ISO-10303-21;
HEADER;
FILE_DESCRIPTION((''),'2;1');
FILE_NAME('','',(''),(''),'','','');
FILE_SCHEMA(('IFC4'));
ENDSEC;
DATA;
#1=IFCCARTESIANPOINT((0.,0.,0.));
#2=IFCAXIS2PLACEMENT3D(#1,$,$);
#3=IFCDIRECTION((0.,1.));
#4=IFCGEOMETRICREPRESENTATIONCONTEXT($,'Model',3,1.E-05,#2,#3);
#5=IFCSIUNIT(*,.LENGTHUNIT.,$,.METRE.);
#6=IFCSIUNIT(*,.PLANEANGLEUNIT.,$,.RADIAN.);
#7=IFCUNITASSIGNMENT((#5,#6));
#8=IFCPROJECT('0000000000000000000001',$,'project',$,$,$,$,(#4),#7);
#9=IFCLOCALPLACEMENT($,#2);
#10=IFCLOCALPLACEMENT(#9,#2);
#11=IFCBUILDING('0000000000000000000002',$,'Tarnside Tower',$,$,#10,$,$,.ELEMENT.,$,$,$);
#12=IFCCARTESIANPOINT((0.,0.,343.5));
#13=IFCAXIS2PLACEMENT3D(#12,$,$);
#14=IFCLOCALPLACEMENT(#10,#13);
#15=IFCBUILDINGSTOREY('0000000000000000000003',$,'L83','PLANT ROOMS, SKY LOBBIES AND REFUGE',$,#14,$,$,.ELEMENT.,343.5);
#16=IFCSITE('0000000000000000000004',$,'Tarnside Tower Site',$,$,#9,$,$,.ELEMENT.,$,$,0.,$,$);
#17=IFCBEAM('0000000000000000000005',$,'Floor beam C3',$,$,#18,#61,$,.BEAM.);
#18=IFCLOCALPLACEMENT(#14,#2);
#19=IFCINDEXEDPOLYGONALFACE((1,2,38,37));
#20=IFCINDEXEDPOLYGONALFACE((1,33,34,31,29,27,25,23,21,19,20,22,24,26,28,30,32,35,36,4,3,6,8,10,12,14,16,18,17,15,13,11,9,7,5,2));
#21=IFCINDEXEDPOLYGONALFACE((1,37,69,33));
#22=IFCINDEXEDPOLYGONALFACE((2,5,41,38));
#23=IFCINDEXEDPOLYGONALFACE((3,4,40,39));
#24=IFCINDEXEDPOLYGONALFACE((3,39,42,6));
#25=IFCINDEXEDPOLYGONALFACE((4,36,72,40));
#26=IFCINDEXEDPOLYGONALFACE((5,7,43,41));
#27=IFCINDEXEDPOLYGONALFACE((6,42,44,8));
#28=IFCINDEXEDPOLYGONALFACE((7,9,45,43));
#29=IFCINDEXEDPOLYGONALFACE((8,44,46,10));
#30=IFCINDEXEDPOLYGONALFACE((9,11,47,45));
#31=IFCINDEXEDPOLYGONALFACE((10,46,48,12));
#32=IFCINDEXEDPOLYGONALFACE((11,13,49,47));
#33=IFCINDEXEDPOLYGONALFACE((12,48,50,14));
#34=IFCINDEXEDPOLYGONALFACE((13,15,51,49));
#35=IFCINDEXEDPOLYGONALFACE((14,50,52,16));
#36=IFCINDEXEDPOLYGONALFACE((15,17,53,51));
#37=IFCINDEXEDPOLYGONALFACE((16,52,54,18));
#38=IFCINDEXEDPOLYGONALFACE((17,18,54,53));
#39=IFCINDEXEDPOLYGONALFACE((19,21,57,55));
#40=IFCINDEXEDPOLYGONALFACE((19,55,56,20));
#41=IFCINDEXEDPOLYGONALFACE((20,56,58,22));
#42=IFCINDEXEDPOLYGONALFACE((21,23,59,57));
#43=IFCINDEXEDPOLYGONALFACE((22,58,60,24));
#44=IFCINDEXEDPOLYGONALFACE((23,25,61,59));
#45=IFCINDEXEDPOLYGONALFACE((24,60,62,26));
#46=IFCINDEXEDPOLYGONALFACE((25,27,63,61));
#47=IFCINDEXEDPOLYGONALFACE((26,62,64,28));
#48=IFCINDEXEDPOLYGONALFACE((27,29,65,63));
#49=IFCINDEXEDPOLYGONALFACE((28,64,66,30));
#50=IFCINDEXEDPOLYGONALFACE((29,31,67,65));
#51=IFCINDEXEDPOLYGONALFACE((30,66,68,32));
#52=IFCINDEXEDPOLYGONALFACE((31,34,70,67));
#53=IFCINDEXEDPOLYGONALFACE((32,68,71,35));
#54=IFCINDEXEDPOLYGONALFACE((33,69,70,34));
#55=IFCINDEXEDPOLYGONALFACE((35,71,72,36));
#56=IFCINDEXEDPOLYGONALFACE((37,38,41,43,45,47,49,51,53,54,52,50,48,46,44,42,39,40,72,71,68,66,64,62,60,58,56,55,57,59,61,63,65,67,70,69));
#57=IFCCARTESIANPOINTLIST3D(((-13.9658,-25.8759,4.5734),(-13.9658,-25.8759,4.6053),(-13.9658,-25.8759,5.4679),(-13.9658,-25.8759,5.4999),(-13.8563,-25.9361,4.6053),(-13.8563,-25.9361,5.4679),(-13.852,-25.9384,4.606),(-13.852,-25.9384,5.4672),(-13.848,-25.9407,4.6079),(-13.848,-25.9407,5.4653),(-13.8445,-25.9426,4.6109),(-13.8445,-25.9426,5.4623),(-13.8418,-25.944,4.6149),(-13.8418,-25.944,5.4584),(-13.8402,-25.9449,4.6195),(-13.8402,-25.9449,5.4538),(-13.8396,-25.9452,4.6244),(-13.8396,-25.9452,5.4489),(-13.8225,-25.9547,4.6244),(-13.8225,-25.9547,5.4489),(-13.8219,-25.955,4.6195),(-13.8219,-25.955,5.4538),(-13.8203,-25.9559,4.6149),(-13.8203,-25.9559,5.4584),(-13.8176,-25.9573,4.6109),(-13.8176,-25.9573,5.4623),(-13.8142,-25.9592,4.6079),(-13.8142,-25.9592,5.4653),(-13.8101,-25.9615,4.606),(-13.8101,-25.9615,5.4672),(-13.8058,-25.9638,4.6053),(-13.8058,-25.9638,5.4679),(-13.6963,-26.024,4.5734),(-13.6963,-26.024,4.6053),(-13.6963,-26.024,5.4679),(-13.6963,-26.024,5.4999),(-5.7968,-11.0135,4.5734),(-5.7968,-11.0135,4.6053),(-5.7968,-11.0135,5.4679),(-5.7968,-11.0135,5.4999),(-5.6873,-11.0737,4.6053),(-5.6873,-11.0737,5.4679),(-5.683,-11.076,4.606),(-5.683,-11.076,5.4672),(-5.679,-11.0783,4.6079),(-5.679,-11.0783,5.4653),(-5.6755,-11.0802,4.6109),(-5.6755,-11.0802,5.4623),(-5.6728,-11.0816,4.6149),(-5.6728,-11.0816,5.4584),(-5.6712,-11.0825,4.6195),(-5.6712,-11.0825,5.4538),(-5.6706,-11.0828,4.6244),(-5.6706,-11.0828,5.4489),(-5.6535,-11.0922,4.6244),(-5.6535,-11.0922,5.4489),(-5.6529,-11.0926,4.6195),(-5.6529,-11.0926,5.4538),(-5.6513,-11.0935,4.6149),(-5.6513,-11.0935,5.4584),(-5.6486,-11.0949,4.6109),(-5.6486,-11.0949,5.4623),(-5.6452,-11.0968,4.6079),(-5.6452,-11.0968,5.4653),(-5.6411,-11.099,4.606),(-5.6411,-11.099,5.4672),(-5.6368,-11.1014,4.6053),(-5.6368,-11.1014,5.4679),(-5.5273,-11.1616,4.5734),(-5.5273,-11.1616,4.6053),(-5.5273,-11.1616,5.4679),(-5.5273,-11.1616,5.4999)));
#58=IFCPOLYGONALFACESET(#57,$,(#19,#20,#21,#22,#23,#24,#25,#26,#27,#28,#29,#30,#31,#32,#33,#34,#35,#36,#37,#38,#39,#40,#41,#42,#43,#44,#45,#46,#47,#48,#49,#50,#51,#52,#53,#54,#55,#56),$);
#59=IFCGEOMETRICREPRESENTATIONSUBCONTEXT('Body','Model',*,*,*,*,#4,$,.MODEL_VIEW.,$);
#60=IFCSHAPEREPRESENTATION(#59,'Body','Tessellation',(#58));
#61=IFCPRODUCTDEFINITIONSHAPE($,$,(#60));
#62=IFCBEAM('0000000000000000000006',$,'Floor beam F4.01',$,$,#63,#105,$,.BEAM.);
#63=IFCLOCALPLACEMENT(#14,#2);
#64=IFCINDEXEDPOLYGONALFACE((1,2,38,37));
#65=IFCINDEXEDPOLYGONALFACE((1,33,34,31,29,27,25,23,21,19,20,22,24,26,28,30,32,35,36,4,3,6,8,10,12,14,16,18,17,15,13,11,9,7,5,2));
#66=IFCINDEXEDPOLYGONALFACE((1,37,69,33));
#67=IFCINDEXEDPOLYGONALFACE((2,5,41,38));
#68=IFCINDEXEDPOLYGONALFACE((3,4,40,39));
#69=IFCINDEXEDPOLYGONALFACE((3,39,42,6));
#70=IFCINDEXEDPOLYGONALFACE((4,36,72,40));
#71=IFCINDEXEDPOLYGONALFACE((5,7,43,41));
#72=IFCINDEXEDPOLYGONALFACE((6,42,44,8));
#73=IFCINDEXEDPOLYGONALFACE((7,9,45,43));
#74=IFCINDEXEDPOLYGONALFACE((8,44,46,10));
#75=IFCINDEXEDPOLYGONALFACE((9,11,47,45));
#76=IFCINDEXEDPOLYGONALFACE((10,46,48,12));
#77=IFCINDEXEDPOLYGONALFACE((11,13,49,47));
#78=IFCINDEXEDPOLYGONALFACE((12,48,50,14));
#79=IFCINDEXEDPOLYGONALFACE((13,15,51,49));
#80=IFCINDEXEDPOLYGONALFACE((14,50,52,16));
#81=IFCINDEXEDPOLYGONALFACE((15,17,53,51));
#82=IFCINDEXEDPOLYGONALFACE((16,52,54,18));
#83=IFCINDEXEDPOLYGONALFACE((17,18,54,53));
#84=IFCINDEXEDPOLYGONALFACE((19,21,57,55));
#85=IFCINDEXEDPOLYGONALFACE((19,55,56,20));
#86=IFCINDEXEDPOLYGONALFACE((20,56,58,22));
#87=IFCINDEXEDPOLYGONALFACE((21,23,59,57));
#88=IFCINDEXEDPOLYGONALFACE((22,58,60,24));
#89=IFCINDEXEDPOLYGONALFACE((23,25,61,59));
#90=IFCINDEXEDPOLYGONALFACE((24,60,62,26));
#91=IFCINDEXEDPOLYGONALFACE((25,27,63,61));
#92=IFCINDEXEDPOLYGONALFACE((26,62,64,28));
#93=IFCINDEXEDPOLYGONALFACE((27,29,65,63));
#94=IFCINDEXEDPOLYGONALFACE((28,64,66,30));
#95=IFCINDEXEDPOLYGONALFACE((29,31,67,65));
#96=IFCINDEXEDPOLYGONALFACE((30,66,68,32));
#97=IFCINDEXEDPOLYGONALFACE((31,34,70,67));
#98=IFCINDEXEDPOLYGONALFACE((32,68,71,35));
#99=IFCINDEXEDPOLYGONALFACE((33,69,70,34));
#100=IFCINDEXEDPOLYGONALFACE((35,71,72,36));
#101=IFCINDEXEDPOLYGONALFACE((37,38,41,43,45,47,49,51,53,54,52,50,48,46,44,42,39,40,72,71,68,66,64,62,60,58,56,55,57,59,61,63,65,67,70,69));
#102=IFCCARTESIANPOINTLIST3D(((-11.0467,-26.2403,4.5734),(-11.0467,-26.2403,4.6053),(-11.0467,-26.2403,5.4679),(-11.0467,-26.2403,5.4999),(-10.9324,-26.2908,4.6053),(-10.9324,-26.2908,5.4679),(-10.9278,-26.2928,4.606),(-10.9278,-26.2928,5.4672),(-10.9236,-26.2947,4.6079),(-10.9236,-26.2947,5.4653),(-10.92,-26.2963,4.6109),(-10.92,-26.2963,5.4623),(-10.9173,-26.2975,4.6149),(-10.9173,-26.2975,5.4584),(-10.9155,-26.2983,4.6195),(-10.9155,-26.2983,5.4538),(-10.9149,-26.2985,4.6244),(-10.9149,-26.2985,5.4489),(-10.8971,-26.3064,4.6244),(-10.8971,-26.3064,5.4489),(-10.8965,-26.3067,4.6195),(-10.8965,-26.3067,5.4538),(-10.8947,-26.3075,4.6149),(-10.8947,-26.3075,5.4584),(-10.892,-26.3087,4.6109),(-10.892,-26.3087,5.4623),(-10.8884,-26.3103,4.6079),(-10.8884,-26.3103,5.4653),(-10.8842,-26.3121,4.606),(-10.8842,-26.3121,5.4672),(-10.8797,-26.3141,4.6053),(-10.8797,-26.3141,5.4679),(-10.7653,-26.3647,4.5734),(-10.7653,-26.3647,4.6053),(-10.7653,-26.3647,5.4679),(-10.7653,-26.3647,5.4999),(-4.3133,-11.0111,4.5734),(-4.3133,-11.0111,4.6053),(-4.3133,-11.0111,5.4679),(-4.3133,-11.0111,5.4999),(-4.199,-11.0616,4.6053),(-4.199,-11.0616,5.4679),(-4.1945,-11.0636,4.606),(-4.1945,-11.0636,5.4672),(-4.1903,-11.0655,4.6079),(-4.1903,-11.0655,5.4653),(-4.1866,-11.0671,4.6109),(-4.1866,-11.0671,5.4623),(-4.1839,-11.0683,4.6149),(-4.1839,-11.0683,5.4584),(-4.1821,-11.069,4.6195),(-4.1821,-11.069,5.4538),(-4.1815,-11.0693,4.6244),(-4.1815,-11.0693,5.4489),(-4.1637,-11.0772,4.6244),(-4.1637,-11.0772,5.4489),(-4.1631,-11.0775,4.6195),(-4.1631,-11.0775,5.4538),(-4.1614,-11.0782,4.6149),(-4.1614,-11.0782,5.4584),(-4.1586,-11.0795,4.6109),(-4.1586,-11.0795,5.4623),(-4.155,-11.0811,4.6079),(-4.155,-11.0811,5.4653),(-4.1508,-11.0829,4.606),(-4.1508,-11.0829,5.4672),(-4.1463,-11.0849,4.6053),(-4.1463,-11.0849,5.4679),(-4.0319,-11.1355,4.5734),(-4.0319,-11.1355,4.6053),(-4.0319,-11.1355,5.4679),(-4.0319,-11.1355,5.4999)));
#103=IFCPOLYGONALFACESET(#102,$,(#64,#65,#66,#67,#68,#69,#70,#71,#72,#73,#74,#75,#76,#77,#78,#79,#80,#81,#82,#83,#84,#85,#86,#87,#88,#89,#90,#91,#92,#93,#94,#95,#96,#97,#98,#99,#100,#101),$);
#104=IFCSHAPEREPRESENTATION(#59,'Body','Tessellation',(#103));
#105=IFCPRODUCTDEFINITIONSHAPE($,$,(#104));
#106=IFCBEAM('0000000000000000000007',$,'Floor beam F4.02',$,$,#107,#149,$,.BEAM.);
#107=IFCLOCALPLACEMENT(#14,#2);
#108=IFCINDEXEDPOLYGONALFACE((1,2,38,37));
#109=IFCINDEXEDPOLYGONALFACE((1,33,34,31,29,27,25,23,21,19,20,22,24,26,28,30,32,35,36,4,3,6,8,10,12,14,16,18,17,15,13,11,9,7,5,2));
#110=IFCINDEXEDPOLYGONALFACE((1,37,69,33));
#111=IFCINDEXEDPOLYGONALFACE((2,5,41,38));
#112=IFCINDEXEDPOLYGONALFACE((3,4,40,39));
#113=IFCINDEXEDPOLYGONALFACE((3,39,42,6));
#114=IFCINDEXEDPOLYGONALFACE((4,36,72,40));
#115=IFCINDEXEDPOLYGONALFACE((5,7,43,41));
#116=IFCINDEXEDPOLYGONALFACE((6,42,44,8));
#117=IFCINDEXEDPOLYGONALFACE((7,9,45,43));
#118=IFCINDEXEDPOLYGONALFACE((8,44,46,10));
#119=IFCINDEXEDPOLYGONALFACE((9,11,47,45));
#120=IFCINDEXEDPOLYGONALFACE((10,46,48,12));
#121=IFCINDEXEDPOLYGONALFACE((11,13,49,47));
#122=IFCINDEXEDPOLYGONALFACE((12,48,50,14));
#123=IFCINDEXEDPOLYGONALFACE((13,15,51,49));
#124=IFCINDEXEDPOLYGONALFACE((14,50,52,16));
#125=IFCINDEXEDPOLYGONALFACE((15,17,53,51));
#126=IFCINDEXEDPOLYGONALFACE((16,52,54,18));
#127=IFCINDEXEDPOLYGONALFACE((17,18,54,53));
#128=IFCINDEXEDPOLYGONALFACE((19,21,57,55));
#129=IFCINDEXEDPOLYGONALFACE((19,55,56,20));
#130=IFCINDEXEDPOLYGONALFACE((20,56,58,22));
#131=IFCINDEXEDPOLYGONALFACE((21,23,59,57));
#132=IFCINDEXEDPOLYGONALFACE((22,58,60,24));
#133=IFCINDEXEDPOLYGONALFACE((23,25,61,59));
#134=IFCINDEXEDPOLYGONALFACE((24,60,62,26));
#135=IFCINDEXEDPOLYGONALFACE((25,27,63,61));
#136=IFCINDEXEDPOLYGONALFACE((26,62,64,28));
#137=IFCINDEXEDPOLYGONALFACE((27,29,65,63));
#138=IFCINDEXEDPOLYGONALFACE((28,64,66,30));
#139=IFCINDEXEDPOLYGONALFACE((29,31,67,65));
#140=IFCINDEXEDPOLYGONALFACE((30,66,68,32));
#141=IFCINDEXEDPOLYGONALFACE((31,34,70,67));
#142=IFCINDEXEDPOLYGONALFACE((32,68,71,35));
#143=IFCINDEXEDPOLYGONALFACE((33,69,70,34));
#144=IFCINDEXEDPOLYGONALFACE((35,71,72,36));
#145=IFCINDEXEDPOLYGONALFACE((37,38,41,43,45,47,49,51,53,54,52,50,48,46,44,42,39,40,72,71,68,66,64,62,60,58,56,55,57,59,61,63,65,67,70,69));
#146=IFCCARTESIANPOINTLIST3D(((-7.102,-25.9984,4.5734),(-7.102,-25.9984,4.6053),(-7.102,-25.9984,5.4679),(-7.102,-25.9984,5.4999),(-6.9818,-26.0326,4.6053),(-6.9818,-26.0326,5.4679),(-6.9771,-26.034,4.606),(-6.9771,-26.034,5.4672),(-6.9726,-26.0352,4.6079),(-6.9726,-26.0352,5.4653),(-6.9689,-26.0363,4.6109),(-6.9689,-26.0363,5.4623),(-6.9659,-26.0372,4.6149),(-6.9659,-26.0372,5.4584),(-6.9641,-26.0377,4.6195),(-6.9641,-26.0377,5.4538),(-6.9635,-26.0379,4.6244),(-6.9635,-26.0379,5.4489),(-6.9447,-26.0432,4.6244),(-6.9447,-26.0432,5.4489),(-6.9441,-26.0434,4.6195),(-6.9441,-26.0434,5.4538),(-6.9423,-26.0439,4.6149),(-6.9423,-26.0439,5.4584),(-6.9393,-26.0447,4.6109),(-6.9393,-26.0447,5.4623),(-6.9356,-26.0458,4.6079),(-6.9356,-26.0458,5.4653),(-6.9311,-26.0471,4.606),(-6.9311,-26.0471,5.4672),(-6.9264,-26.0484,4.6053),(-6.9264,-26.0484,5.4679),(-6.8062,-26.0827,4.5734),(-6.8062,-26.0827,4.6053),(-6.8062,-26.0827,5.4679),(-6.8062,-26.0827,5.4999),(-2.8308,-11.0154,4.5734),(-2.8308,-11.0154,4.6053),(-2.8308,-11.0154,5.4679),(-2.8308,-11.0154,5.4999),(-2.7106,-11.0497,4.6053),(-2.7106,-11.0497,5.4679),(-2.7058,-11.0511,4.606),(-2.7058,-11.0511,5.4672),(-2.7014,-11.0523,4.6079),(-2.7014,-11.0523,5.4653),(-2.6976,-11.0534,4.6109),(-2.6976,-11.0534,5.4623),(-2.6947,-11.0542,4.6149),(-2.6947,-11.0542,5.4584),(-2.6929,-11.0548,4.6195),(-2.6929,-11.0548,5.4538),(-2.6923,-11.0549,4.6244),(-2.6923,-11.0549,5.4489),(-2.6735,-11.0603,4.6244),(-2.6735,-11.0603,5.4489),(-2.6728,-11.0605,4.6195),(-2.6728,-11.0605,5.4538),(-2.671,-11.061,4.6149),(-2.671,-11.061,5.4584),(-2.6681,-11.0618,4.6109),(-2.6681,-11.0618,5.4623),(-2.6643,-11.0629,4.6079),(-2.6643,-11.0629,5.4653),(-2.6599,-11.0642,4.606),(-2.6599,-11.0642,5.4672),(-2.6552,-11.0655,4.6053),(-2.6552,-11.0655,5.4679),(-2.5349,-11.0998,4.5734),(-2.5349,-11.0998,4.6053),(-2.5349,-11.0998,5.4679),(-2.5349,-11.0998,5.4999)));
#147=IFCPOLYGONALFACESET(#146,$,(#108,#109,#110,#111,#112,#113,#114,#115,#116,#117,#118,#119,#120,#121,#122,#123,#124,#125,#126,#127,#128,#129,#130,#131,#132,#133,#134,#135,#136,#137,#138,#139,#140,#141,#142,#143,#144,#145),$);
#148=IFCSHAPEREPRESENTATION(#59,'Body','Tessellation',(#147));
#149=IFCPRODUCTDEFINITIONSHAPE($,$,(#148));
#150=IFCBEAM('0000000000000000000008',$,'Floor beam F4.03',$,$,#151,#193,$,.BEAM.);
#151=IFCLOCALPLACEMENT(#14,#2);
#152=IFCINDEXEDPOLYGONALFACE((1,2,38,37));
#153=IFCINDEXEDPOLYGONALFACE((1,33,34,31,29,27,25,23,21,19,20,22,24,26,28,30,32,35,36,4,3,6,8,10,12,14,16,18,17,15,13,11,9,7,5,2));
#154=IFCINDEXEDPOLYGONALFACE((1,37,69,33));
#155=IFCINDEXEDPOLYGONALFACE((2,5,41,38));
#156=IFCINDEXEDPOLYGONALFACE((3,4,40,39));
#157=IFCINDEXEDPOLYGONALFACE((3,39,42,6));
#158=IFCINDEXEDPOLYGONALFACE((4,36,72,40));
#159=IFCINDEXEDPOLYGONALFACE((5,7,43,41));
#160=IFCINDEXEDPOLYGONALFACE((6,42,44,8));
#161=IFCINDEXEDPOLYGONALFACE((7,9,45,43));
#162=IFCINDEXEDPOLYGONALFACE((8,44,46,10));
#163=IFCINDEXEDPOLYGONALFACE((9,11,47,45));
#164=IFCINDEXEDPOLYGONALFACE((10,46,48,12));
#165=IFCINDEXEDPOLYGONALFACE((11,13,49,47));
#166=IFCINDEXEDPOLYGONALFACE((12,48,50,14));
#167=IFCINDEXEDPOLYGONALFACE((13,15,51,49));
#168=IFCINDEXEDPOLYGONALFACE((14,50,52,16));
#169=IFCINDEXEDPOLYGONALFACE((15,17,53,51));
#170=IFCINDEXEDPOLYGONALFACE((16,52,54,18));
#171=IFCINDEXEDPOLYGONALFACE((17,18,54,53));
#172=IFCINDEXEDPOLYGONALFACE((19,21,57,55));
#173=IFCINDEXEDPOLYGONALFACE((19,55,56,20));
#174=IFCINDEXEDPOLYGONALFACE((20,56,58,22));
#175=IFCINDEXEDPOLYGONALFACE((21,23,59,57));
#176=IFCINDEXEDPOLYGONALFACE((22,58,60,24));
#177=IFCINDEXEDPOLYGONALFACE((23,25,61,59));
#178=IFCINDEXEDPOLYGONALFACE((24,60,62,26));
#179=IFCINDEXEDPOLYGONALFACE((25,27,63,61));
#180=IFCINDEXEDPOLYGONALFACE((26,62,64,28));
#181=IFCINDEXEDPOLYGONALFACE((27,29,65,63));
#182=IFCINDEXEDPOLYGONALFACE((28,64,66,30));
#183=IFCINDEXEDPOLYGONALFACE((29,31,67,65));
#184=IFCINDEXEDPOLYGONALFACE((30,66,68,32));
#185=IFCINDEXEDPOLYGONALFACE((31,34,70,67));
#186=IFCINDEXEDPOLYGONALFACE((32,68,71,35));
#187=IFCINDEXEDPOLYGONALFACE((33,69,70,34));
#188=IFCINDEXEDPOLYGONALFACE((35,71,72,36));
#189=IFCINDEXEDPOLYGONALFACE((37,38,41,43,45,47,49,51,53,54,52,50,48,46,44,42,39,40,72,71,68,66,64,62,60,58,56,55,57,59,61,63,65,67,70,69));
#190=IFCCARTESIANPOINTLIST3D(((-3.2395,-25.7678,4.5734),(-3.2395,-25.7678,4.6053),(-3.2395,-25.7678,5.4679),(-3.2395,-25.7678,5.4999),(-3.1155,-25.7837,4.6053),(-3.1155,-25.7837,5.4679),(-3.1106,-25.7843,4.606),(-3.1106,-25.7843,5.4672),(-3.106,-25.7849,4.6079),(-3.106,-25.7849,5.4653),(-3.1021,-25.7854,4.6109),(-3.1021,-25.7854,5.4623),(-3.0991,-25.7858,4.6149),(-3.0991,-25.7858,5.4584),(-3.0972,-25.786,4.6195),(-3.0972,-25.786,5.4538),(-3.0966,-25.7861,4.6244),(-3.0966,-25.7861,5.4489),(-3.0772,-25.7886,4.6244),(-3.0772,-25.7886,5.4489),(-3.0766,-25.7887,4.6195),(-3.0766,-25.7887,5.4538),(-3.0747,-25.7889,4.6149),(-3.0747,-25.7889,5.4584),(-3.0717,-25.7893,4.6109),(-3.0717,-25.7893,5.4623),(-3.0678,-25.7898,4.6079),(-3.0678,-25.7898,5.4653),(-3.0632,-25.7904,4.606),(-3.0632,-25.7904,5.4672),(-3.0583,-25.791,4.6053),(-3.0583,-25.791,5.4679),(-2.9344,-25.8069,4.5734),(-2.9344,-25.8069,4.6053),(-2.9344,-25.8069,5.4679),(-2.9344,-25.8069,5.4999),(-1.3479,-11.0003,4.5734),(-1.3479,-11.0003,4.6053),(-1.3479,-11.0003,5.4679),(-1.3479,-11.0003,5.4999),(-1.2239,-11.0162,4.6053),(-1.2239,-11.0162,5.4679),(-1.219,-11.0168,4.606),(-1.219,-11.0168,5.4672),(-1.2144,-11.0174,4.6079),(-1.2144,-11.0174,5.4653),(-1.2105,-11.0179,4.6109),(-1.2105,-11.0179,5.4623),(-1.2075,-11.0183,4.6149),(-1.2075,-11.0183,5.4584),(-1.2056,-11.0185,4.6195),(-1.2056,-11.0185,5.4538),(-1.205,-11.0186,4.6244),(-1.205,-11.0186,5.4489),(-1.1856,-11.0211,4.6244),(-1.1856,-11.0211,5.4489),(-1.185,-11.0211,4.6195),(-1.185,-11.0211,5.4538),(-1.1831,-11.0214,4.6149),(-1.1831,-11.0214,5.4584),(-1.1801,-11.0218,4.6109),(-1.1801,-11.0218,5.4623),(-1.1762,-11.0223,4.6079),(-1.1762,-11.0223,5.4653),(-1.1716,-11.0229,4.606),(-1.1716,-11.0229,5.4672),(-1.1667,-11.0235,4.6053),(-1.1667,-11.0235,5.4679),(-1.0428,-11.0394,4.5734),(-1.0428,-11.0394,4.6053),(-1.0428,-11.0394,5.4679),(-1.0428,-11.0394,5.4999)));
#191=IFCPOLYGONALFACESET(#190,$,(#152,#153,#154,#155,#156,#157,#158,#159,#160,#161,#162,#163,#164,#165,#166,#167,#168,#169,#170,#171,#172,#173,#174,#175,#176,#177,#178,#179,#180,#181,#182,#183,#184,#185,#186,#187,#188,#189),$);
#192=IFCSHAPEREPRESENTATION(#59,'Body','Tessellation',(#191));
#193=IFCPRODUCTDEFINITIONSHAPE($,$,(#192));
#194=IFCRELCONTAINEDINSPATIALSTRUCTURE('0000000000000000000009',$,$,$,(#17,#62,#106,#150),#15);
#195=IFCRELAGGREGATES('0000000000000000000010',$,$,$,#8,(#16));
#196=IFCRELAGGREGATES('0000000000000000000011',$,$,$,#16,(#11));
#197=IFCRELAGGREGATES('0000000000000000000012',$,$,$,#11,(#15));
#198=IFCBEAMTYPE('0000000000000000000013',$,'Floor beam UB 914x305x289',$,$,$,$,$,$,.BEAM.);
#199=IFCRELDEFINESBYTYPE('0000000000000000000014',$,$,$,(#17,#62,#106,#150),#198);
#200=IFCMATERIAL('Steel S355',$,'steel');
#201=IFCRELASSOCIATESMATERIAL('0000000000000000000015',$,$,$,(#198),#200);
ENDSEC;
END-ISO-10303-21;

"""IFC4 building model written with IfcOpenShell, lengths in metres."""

from ifc_helpers import new_model, si_unit, direction, frame, origin, origin_2d, place, context, subcontext, project, spatial, i_section, extrude, material, material_profile, profile_set, type_object, element, save


model = new_model("IFC4")

# Units and contexts
model_context = context("Model", 3, precision=1e-05, world=origin(), true_north=direction((0.0, 1.0)))
body_context = subcontext(model_context, "Body", "Model", "MODEL_VIEW")
ifc_project = project(units=[si_unit("LENGTHUNIT", "METRE"), si_unit("PLANEANGLEUNIT", "RADIAN")], contexts=[model_context])

# Site, building, storey
site_placement = place(None, origin())
site = spatial("IfcSite", under=ifc_project, at=site_placement, Name="Tarnside Tower Site", CompositionType="ELEMENT", RefElevation=0.0)
building_placement = place(site_placement, origin())
building = spatial("IfcBuilding", under=site, at=building_placement, Name="Tarnside Tower", CompositionType="ELEMENT")
storey_placement = place(building_placement, frame((0.0, 0.0, 343.5)))
storey = spatial("IfcBuildingStorey", under=building, at=storey_placement, Name="L83", Description="PLANT ROOMS, SKY LOBBIES AND REFUGE", CompositionType="ELEMENT", Elevation=343.5)

# Beams
ifc_material_1 = material(Name="Steel S355", Category="steel")
ifc_material_profile_1 = material_profile(ifc_material_1, i_section(OverallWidth=0.3076, OverallDepth=0.9265, WebThickness=0.0195, FlangeThickness=0.032, FilletRadius=0.019, at=origin_2d()), Name="UB 914x305x289")
ifc_profile_set_1 = profile_set([ifc_material_profile_1], Name="Steel S355")
beam_type = type_object("IfcBeamType", Name="Floor beam UB 914x305x289", PredefinedType="BEAM", material=ifc_profile_set_1)
beam_1_placement = place(storey_placement, frame((-13.8311, -25.95, 5.0366), z_axis=(0.481678, 0.876348, 0.0), x_axis=(-0.876348, 0.481678, 0.0)))
element("IfcBeam", 1, at=beam_1_placement, inside=storey, type_object=beam_type, Name="Floor beam C3", PredefinedType="BEAM", context=body_context, shape_type="SweptSolid", body=[
    extrude(i_section(OverallWidth=0.3076, OverallDepth=0.9265, WebThickness=0.0195, FlangeThickness=0.032, FilletRadius=0.019, at=origin_2d()), origin(), (0.0, 0.0, 1.0), 16.9595),
])
beam_2_placement = place(storey_placement, frame((-10.906, -26.3025, 5.0366), z_axis=(0.404375, 0.914593, 0.0), x_axis=(-0.914593, 0.404375, 0.0)))
element("IfcBeam", 2, at=beam_2_placement, inside=storey, type_object=beam_type, Name="Floor beam F4.01", PredefinedType="BEAM", context=body_context, shape_type="SweptSolid", body=[
    extrude(i_section(OverallWidth=0.3076, OverallDepth=0.9265, WebThickness=0.0195, FlangeThickness=0.032, FilletRadius=0.019, at=origin_2d()), origin(), (0.0, 0.0, 1.0), 16.6514),
])
beam_3_placement = place(storey_placement, frame((-6.9541, -26.0405, 5.0366), z_axis=(0.274152, 0.961686, 0.0), x_axis=(-0.961686, 0.274152, 0.0)))
element("IfcBeam", 3, at=beam_3_placement, inside=storey, type_object=beam_type, Name="Floor beam F4.02", PredefinedType="BEAM", context=body_context, shape_type="SweptSolid", body=[
    extrude(i_section(OverallWidth=0.3076, OverallDepth=0.9265, WebThickness=0.0195, FlangeThickness=0.032, FilletRadius=0.019, at=origin_2d()), origin(), (0.0, 0.0, 1.0), 15.5798),
])
beam_4_placement = place(storey_placement, frame((-3.0869, -25.7874, 5.0366), z_axis=(0.127053, 0.991896, 0.0), x_axis=(-0.991896, 0.127053, 0.0)))
element("IfcBeam", 4, at=beam_4_placement, inside=storey, type_object=beam_type, Name="Floor beam F4.03", PredefinedType="BEAM", context=body_context, shape_type="SweptSolid", body=[
    extrude(i_section(OverallWidth=0.3076, OverallDepth=0.9265, WebThickness=0.0195, FlangeThickness=0.032, FilletRadius=0.019, at=origin_2d()), origin(), (0.0, 0.0, 1.0), 14.8882),
])

save(model, "model.ifc")
